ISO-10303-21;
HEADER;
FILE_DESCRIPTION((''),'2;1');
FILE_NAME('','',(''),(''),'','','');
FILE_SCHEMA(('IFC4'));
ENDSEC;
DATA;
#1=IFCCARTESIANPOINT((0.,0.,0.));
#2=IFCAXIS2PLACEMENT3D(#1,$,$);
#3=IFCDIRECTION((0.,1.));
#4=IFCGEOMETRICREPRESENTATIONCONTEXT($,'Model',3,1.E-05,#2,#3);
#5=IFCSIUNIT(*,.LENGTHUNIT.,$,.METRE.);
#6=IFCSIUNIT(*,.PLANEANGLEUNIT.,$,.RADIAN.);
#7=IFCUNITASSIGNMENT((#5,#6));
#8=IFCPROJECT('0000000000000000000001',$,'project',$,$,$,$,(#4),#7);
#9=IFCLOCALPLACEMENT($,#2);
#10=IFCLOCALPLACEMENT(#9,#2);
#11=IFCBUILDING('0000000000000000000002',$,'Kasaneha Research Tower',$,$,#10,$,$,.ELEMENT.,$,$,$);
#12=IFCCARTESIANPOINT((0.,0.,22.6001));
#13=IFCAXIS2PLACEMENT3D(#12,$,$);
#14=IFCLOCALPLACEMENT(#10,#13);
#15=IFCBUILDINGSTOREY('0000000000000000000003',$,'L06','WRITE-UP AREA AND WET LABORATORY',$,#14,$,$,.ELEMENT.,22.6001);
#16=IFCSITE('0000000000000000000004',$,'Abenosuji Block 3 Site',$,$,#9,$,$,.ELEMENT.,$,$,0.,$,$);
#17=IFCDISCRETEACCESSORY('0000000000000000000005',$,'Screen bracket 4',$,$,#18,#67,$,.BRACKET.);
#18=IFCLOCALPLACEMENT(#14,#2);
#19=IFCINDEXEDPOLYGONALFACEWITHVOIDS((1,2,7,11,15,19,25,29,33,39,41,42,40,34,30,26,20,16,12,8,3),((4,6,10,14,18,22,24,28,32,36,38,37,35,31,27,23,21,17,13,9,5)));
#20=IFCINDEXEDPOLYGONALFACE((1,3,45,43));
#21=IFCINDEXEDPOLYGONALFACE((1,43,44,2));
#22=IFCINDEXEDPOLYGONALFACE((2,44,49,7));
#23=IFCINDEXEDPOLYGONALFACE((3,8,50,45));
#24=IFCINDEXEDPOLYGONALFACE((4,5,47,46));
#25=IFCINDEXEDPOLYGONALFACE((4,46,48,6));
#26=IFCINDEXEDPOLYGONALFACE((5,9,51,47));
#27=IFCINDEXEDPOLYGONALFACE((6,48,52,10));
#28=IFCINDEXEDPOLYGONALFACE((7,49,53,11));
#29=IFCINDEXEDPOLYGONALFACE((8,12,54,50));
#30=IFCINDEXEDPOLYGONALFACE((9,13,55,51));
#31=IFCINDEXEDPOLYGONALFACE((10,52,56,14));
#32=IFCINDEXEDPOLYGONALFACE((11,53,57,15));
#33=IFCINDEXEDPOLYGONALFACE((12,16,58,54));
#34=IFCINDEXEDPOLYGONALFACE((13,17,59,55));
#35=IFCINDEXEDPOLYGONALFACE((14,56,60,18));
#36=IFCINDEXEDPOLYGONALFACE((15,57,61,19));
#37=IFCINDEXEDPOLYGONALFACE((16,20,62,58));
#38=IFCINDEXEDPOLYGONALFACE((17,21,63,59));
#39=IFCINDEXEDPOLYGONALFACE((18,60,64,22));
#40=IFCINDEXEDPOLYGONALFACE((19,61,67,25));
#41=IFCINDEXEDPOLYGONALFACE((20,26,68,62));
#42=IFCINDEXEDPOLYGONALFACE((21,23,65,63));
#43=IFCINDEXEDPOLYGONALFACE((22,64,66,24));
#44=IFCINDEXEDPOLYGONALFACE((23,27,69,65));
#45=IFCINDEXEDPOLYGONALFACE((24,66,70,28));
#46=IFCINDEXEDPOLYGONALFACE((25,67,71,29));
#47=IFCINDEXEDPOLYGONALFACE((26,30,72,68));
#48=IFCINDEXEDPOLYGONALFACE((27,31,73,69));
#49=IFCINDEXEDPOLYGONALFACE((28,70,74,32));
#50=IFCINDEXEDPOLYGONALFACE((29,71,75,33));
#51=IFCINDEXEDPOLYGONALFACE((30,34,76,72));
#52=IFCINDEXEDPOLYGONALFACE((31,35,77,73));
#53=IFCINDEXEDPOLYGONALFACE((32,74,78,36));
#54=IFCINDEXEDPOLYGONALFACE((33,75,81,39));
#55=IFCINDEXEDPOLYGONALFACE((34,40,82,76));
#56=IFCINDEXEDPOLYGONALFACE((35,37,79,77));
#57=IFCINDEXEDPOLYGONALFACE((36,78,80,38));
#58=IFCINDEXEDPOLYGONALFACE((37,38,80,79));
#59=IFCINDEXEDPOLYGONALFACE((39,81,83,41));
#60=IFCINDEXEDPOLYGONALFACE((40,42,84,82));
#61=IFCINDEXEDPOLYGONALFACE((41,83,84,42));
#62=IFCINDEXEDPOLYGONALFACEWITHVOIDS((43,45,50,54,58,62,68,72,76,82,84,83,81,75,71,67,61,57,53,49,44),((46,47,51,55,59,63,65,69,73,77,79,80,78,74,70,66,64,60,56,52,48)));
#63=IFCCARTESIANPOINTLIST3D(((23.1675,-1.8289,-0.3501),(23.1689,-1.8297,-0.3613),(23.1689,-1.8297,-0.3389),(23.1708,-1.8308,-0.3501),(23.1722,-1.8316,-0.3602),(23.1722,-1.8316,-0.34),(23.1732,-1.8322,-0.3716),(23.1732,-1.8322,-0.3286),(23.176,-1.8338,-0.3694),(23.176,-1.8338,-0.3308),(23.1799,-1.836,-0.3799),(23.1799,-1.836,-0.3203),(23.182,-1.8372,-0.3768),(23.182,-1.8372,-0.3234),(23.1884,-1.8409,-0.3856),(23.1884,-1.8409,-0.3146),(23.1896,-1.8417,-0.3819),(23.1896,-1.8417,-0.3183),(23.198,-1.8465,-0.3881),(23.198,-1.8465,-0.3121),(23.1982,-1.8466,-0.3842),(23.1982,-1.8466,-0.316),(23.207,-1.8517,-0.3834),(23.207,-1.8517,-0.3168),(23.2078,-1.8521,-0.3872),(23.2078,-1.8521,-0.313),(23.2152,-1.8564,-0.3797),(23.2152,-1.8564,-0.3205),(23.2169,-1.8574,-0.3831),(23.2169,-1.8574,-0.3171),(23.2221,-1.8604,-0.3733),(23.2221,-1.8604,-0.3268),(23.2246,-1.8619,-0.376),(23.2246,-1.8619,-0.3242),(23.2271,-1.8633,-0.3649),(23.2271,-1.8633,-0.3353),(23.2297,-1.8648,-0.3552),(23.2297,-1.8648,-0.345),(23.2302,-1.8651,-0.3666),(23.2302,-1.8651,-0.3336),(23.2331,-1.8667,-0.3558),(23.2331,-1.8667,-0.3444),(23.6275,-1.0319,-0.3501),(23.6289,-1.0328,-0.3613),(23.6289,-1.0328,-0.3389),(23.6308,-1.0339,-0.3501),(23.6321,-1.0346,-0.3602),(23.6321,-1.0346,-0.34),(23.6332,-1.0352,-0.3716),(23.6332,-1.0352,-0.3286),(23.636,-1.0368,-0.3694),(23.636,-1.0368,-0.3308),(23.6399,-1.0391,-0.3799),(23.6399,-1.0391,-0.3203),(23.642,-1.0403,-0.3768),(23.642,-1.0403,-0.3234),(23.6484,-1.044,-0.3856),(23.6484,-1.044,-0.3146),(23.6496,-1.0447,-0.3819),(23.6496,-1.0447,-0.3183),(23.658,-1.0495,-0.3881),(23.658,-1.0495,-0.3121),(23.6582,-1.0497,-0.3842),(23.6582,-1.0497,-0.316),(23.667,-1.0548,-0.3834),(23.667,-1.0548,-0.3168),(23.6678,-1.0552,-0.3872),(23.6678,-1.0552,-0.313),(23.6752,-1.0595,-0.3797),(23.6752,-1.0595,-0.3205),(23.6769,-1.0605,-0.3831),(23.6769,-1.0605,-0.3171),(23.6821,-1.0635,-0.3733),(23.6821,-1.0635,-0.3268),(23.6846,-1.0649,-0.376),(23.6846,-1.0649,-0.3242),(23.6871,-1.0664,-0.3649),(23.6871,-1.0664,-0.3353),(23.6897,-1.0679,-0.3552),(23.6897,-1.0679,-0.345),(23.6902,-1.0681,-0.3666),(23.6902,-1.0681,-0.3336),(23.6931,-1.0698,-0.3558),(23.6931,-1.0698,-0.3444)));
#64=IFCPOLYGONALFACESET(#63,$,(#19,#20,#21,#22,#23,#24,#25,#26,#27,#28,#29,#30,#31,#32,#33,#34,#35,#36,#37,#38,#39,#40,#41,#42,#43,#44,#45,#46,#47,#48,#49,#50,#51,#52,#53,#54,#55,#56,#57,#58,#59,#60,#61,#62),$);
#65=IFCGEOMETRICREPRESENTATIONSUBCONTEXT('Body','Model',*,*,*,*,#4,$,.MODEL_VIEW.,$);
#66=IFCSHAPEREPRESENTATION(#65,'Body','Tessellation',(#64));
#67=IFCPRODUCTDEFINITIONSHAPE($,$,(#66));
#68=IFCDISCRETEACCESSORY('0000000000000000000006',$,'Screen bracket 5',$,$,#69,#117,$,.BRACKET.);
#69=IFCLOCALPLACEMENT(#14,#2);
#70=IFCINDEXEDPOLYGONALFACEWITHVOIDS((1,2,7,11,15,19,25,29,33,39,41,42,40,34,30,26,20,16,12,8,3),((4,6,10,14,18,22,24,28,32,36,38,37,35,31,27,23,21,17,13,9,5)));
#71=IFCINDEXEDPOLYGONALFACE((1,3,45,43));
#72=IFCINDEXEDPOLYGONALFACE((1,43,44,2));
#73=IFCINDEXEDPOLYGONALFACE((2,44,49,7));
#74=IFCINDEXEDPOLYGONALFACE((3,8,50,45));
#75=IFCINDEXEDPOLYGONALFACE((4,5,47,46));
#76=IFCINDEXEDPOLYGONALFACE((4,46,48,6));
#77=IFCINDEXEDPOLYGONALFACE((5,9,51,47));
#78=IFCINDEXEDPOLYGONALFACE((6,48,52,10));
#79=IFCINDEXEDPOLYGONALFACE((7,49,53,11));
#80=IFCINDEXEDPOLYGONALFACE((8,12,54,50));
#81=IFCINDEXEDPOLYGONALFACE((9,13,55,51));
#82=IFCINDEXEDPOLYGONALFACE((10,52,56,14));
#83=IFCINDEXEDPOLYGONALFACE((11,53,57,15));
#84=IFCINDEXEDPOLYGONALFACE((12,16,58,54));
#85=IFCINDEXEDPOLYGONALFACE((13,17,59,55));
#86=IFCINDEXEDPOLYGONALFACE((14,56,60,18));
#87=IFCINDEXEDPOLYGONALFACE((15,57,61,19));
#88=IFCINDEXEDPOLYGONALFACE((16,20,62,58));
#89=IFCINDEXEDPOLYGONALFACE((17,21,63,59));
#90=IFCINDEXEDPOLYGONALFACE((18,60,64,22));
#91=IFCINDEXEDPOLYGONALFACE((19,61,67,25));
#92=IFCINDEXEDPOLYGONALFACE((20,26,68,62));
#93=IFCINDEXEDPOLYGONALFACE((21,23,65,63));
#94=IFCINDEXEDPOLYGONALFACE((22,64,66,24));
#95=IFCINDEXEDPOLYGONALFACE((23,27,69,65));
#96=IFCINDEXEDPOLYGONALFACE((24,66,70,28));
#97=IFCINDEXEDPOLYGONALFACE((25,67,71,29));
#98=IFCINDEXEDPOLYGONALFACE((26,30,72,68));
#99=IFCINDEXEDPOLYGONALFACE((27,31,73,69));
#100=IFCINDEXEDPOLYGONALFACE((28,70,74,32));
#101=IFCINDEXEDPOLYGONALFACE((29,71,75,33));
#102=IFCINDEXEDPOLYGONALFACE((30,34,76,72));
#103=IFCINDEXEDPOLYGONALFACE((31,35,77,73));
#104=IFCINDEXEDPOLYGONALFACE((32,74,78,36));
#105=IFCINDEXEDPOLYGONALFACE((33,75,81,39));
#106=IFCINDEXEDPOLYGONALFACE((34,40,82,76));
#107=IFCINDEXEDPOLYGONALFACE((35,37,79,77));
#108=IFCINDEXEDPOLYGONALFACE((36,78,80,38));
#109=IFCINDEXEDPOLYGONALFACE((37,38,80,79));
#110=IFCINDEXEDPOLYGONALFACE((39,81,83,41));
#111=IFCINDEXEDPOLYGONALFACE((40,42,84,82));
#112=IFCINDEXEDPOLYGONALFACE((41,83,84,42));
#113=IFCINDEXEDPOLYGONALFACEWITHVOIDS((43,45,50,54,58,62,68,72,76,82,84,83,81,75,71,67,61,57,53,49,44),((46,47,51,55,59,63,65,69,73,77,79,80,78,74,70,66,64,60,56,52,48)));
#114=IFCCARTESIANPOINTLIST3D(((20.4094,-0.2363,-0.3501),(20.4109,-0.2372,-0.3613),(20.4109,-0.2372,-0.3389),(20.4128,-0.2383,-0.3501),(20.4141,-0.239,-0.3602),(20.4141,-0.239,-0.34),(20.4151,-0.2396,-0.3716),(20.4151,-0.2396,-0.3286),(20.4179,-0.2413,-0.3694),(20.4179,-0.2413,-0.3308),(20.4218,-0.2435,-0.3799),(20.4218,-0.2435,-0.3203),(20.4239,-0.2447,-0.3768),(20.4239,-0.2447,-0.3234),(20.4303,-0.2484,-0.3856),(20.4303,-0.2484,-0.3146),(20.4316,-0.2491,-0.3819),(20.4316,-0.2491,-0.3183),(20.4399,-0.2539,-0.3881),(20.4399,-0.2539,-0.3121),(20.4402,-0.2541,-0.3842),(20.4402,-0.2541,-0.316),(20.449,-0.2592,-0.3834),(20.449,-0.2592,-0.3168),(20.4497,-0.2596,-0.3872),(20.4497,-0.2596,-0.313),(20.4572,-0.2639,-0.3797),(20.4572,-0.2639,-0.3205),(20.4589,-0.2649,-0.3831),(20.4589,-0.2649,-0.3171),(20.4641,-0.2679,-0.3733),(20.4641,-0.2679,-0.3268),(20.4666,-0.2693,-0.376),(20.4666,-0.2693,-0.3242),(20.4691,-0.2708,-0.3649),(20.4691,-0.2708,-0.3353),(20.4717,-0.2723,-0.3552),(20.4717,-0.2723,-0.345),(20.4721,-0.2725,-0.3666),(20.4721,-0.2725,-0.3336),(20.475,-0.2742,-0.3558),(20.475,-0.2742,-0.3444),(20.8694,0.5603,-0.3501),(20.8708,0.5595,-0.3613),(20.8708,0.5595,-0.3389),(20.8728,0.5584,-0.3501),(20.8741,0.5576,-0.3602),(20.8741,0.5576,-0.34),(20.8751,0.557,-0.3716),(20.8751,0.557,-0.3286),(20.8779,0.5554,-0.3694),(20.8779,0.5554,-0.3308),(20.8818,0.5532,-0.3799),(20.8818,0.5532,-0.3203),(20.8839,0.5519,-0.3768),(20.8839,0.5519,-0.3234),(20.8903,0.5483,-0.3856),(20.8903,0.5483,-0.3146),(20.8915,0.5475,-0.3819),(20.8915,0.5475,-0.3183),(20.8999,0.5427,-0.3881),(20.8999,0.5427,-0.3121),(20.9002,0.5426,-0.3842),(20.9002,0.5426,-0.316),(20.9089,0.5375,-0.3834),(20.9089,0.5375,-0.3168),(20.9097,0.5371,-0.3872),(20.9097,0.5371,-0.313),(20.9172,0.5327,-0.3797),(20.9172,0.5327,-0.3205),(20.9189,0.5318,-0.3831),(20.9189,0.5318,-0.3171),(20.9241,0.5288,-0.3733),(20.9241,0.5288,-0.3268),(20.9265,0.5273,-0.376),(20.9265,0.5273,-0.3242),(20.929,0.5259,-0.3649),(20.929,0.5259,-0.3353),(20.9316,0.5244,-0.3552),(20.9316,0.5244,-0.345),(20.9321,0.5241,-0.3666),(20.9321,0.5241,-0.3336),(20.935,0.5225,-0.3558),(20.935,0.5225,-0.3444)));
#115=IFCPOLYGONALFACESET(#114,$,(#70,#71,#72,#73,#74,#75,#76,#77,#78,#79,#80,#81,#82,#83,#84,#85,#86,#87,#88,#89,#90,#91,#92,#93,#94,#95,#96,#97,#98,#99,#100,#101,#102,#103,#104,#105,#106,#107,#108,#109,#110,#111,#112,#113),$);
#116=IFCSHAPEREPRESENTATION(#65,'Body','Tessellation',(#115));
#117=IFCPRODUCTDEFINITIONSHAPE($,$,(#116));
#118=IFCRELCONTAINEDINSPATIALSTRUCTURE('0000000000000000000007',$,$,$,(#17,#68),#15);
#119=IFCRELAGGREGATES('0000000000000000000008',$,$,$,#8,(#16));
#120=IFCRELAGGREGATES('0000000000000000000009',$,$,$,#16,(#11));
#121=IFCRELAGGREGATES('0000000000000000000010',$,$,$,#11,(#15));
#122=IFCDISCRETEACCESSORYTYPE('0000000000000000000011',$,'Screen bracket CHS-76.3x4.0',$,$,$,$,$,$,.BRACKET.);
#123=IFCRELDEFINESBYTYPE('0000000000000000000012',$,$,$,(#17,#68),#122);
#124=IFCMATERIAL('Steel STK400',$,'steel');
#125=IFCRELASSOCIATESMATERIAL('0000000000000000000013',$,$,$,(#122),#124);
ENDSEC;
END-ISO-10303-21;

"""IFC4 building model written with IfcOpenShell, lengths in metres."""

from ifc_helpers import new_model, si_unit, direction, frame, origin, origin_2d, place, context, subcontext, project, spatial, hollow_circle, extrude, material, material_profile, profile_set, type_object, element, save


model = new_model("IFC4")

# Units and contexts
model_context = context("Model", 3, precision=1e-05, world=origin(), true_north=direction((0.0, 1.0)))
body_context = subcontext(model_context, "Body", "Model", "MODEL_VIEW")
ifc_project = project(units=[si_unit("LENGTHUNIT", "METRE"), si_unit("PLANEANGLEUNIT", "RADIAN")], contexts=[model_context])

# Site, building, storey
site_placement = place(None, origin())
site = spatial("IfcSite", under=ifc_project, at=site_placement, Name="Abenosuji Block 3 Site", CompositionType="ELEMENT", RefElevation=0.0)
building_placement = place(site_placement, origin())
building = spatial("IfcBuilding", under=site, at=building_placement, Name="Kasaneha Research Tower", CompositionType="ELEMENT")
storey_placement = place(building_placement, frame((0.0, 0.0, 22.6001)))
storey = spatial("IfcBuildingStorey", under=building, at=storey_placement, Name="L06", Description="WRITE-UP AREA AND WET LABORATORY", CompositionType="ELEMENT", Elevation=22.6001)

# Discrete accessories
ifc_material_1 = material(Name="Steel STK400", Category="steel")
ifc_material_profile_1 = material_profile(ifc_material_1, hollow_circle(Radius=0.0381, WallThickness=0.0039, at=origin_2d()), Name="CHS-76.3x4.0")
ifc_profile_set_1 = profile_set([ifc_material_profile_1], Name="Steel STK400")
discrete_accessory_type = type_object("IfcDiscreteAccessoryType", Name="Screen bracket CHS-76.3x4.0", PredefinedType="BRACKET", material=ifc_profile_set_1)
discrete_accessory_1_placement = place(storey_placement, frame((23.2004, -1.8479, -0.3501), z_axis=(0.499906, 0.86608, 0.0), x_axis=(-0.86608, 0.499906, 0.0)))
element("IfcDiscreteAccessory", 1, at=discrete_accessory_1_placement, inside=storey, type_object=discrete_accessory_type, Name="Screen bracket 4", PredefinedType="BRACKET", context=body_context, shape_type="SweptSolid", body=[
    extrude(hollow_circle(Radius=0.0381, WallThickness=0.0039, at=origin_2d()), origin(), (0.0, 0.0, 1.0), 0.9202),
])
discrete_accessory_2_placement = place(storey_placement, frame((20.4424, -0.2554, -0.3501), z_axis=(0.500021, 0.866013, 0.0), x_axis=(-0.866013, 0.500021, 0.0)))
element("IfcDiscreteAccessory", 2, at=discrete_accessory_2_placement, inside=storey, type_object=discrete_accessory_type, Name="Screen bracket 5", PredefinedType="BRACKET", context=body_context, shape_type="SweptSolid", body=[
    extrude(hollow_circle(Radius=0.0381, WallThickness=0.0039, at=origin_2d()), origin(), (0.0, 0.0, 1.0), 0.9199),
])

save(model, "model.ifc")
